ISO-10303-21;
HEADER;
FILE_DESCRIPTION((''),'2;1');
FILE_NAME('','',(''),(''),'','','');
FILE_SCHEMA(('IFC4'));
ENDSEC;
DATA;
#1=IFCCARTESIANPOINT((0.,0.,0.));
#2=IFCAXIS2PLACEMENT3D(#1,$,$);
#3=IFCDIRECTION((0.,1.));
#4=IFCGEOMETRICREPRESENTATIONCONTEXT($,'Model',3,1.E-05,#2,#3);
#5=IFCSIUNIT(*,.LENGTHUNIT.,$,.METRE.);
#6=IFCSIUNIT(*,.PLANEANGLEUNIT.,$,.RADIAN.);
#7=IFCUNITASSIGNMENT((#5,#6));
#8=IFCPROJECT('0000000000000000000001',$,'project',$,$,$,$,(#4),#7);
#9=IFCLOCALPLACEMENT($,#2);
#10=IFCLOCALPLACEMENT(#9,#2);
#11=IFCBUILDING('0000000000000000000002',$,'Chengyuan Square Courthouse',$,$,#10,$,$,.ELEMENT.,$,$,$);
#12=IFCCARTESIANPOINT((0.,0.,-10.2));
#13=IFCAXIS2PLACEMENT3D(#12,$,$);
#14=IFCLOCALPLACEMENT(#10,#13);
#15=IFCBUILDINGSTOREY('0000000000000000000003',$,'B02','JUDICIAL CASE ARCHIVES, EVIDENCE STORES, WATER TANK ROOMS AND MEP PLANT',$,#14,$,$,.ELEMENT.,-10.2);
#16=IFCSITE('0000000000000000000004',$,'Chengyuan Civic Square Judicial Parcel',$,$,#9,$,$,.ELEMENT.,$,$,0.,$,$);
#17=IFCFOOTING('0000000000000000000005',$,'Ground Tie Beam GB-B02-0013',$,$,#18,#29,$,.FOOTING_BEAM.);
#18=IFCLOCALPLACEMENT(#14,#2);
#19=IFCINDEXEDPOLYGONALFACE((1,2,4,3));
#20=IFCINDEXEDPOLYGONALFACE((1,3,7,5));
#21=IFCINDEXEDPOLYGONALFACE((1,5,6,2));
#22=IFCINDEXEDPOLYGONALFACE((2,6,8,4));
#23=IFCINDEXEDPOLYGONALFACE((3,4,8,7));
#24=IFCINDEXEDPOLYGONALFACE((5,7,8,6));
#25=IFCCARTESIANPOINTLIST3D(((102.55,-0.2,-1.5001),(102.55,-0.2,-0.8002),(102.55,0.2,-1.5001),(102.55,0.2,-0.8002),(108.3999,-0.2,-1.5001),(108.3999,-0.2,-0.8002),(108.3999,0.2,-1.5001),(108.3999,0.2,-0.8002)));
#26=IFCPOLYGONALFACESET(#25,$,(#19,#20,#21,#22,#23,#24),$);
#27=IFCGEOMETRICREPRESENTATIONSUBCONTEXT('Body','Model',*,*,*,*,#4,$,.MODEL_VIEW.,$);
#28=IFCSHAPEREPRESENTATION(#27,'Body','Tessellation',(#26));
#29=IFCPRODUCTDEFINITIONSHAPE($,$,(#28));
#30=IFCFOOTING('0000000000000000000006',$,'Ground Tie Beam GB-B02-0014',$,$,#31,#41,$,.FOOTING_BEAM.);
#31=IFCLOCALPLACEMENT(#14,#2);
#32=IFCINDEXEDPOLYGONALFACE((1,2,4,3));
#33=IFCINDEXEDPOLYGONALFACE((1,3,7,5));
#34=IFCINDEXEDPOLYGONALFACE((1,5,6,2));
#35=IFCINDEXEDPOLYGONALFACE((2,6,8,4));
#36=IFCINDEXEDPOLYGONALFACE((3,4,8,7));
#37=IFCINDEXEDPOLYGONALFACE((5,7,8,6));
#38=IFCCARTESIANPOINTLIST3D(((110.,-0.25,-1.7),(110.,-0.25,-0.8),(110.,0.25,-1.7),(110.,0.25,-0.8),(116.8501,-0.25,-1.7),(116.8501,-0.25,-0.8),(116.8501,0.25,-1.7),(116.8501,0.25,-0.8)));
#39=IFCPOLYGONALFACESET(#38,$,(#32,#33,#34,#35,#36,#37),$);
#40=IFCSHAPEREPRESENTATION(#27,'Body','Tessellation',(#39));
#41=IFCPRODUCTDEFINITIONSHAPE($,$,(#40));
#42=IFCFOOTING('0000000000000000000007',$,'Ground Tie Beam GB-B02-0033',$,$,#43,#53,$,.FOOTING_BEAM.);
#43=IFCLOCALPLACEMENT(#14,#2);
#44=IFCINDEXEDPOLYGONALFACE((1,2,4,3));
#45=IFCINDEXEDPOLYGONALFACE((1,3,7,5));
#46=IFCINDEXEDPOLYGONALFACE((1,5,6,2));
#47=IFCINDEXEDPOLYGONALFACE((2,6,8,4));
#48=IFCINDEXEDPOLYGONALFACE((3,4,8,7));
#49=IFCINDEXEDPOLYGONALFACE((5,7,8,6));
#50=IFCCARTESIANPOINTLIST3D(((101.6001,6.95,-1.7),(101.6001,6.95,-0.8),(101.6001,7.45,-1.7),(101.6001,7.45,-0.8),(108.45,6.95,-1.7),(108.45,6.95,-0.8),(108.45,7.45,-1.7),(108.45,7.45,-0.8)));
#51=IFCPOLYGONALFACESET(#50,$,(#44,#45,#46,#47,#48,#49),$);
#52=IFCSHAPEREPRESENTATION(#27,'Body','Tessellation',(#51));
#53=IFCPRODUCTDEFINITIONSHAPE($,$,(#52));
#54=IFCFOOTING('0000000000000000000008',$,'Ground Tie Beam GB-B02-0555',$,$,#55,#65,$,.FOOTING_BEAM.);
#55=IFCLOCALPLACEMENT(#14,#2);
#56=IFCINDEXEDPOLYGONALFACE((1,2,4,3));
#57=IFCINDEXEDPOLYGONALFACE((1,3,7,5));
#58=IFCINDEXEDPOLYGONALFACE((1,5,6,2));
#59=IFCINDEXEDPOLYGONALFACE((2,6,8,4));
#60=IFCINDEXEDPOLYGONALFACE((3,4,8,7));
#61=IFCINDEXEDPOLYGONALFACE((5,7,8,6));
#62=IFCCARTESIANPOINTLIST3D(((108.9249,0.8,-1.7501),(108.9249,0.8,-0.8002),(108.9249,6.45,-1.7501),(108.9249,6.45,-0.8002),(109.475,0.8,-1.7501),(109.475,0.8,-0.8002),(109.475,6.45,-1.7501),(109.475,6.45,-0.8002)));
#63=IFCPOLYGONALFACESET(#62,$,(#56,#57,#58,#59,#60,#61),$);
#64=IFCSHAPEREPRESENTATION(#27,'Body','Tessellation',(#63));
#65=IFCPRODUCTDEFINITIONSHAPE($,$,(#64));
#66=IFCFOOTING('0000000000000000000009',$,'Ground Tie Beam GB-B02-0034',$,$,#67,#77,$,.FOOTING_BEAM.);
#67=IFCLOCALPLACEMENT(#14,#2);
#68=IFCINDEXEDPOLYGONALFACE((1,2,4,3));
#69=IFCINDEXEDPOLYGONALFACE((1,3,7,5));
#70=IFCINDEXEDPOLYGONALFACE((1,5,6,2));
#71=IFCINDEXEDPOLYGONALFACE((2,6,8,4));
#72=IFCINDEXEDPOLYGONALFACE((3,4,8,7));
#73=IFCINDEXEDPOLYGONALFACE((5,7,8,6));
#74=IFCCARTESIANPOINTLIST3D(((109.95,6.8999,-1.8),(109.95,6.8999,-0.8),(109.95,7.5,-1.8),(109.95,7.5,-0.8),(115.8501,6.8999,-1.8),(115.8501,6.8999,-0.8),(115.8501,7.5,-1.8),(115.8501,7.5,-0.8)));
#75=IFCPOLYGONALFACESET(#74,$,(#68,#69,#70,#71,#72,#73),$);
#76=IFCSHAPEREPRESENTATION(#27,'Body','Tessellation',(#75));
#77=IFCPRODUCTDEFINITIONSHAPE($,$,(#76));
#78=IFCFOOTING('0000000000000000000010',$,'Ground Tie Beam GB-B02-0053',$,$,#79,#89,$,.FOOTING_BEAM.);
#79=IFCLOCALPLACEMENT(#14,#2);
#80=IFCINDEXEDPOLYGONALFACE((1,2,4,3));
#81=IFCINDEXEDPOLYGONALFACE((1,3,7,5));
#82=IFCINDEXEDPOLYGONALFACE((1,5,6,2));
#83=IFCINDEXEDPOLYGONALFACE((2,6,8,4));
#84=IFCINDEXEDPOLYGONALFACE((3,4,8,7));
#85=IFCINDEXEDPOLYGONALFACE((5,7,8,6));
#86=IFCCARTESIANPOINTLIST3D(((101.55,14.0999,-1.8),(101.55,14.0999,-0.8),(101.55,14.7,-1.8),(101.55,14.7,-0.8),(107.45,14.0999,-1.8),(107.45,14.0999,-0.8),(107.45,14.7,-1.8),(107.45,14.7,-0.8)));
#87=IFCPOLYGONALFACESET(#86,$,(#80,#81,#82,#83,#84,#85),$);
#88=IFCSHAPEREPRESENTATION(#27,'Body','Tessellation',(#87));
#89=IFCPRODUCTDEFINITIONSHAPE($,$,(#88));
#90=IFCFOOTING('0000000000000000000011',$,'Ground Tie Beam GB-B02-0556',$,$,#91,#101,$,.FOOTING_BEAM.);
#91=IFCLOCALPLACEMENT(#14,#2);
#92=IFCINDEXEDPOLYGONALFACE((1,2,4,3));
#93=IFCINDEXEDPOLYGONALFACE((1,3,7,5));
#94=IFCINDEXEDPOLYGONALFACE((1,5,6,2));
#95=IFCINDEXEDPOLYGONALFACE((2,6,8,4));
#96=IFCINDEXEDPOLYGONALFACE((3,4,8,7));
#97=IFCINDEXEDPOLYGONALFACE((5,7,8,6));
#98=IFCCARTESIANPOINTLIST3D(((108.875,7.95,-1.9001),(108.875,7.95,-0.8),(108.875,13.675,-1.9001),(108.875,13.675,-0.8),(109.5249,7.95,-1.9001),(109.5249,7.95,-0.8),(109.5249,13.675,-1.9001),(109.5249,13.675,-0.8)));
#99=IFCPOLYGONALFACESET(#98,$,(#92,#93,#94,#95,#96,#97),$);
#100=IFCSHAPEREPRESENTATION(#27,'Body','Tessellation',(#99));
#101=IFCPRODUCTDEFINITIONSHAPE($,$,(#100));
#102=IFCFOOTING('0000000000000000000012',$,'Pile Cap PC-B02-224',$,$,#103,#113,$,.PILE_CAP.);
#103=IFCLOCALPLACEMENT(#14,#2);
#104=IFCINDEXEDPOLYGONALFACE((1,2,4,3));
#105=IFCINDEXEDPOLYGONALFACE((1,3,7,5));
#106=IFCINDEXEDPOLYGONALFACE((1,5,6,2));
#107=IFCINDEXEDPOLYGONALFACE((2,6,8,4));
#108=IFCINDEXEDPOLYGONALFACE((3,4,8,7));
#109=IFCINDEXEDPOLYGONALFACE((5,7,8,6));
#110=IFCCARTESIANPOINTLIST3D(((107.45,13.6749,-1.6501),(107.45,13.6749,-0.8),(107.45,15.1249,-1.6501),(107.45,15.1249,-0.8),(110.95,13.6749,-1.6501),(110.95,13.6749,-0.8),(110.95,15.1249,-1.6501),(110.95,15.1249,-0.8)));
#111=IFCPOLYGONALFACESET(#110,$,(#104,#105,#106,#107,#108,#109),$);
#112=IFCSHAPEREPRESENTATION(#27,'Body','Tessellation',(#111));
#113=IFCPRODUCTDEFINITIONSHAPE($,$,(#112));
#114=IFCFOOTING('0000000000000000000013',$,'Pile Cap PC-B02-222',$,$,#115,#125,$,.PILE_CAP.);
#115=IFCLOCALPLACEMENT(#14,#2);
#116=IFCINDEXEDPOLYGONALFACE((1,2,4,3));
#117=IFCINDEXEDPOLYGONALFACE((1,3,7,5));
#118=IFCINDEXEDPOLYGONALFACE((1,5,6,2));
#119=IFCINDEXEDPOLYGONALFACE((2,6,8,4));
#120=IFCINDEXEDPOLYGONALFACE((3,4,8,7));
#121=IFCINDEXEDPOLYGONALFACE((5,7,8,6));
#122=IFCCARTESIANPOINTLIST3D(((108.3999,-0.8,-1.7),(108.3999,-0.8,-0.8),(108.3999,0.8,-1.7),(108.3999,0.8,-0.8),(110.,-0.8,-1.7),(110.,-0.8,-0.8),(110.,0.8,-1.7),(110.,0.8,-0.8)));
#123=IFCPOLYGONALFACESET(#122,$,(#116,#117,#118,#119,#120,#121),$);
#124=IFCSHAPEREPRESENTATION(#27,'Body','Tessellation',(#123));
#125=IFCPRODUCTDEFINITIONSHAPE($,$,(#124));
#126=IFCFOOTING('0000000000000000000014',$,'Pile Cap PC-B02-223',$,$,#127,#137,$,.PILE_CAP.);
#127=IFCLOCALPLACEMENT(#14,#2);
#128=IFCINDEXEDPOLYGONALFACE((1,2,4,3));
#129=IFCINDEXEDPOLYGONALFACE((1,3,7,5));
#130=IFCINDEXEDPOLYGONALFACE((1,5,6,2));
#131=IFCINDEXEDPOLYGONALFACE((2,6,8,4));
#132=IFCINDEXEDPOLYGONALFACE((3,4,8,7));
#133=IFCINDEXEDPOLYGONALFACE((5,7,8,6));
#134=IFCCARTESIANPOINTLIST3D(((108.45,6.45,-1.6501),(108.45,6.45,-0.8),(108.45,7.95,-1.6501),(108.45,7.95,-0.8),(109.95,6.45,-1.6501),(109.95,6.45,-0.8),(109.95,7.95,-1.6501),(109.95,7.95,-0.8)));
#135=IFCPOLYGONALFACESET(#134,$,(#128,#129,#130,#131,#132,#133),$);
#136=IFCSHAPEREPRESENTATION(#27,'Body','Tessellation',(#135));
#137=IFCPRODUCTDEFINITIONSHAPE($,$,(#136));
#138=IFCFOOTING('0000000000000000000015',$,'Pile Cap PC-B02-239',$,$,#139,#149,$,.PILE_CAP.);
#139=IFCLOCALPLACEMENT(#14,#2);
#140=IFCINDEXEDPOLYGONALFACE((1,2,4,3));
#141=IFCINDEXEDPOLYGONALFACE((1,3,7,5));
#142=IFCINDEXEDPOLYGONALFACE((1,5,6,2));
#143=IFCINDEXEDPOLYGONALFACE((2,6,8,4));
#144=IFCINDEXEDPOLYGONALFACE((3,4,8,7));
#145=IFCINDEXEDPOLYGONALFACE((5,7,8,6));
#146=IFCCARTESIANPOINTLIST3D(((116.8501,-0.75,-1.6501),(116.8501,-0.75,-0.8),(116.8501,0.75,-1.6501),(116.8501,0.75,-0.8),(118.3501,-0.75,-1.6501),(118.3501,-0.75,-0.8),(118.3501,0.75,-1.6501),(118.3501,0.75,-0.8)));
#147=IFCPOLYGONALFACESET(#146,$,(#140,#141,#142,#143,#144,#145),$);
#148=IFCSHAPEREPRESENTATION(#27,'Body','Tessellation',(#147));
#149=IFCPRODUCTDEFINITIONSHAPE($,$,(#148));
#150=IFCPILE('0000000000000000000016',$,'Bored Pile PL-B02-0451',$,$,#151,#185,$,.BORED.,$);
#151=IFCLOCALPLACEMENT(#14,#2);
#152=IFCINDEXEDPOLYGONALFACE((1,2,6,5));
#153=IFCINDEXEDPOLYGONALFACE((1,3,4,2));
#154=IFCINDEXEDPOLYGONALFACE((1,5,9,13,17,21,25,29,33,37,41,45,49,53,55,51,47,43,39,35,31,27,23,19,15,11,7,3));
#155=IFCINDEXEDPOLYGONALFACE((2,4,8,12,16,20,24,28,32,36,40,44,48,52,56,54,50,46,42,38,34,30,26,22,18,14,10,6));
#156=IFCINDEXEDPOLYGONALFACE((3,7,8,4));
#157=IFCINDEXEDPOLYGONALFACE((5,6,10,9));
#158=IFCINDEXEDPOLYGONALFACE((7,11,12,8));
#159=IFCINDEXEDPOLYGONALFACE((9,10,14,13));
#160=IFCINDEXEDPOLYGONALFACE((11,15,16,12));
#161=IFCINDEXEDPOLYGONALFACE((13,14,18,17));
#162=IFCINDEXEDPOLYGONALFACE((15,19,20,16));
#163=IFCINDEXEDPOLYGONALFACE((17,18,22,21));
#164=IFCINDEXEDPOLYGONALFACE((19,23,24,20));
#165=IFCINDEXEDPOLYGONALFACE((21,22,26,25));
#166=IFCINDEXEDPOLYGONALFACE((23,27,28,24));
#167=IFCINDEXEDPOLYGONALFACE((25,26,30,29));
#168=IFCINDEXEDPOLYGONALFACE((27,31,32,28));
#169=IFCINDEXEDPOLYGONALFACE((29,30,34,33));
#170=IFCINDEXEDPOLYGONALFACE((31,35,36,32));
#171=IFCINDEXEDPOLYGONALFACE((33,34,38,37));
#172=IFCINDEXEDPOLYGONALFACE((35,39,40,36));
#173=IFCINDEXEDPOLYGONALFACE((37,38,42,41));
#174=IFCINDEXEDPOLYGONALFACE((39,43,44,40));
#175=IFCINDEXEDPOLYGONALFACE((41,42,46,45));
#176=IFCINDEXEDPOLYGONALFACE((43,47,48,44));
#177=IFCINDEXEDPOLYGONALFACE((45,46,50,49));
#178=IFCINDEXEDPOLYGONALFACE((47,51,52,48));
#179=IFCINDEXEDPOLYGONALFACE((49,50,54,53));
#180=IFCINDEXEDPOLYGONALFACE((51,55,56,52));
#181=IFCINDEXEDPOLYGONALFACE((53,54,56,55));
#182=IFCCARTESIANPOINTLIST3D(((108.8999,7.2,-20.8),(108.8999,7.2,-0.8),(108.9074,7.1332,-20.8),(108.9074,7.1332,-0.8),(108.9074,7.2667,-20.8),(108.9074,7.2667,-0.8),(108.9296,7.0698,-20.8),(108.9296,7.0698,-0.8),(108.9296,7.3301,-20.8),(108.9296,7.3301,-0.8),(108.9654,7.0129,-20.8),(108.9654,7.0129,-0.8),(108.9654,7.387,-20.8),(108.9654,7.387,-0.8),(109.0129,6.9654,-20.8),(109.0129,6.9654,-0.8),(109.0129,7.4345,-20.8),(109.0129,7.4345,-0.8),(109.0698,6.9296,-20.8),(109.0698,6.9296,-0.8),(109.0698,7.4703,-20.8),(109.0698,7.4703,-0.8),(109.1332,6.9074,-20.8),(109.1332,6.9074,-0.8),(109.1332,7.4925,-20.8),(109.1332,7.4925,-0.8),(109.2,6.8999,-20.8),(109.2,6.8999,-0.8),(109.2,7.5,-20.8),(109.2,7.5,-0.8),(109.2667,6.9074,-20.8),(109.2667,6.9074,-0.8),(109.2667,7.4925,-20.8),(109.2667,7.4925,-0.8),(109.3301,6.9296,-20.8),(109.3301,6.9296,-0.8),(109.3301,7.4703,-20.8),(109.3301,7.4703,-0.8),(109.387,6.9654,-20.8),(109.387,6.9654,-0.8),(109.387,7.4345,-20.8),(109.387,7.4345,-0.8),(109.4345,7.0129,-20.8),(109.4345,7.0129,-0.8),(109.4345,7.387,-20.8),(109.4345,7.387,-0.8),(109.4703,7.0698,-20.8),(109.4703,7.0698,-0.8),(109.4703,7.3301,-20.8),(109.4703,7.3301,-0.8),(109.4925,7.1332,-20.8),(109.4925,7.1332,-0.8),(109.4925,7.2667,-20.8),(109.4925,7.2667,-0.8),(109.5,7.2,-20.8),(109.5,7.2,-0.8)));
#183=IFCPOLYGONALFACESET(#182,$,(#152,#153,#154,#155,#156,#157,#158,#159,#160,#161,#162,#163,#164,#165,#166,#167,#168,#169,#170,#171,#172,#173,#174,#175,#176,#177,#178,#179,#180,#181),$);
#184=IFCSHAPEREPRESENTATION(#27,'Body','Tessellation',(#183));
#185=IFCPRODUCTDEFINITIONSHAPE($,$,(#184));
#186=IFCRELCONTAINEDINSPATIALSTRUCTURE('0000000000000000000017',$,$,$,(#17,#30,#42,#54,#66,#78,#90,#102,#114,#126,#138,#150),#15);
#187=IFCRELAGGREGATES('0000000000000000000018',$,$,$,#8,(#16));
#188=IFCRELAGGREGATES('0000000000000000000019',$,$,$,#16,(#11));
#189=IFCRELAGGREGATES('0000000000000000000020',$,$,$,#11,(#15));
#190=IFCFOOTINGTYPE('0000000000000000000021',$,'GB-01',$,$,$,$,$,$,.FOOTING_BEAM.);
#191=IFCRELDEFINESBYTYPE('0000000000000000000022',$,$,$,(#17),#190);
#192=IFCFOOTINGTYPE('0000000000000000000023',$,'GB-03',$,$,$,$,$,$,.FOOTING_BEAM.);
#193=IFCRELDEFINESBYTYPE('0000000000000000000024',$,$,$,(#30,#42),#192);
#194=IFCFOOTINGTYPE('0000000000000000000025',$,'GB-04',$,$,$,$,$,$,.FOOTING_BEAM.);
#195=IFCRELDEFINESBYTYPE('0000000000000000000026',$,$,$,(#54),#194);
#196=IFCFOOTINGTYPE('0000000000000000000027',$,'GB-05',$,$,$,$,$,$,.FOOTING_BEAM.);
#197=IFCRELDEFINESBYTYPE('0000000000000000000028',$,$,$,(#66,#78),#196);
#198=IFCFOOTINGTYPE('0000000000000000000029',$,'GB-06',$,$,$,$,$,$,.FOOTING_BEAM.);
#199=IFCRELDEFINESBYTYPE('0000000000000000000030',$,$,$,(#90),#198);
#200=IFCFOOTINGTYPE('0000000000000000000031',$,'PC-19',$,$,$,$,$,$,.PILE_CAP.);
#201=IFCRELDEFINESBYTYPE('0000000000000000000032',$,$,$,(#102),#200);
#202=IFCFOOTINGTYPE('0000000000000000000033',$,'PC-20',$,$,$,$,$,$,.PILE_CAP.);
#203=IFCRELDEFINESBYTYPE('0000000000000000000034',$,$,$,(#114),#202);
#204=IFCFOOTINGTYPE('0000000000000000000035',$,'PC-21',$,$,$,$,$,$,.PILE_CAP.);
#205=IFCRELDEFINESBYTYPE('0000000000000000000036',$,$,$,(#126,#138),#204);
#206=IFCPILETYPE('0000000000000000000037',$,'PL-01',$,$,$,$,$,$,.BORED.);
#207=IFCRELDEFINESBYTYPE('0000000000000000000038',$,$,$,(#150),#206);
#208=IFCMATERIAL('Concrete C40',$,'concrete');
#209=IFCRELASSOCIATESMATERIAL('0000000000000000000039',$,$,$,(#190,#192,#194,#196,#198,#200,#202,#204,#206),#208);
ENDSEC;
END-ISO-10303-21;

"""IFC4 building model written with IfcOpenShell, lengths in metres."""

from ifc_helpers import new_model, si_unit, direction, frame, origin, origin_2d, place, context, subcontext, project, spatial, rectangle, circle, extrude, material, material_profile, profile_set, type_object, element, save


model = new_model("IFC4")

# Units and contexts
model_context = context("Model", 3, precision=1e-05, world=origin(), true_north=direction((0.0, 1.0)))
body_context = subcontext(model_context, "Body", "Model", "MODEL_VIEW")
ifc_project = project(units=[si_unit("LENGTHUNIT", "METRE"), si_unit("PLANEANGLEUNIT", "RADIAN")], contexts=[model_context])

# Site, building, storey
site_placement = place(None, origin())
site = spatial("IfcSite", under=ifc_project, at=site_placement, Name="Chengyuan Civic Square Judicial Parcel", CompositionType="ELEMENT", RefElevation=0.0)
building_placement = place(site_placement, origin())
building = spatial("IfcBuilding", under=site, at=building_placement, Name="Chengyuan Square Courthouse", CompositionType="ELEMENT")
storey_placement = place(building_placement, frame((0.0, 0.0, -10.2)))
storey = spatial("IfcBuildingStorey", under=building, at=storey_placement, Name="B02", Description="JUDICIAL CASE ARCHIVES, EVIDENCE STORES, WATER TANK ROOMS AND MEP PLANT", CompositionType="ELEMENT", Elevation=-10.2)

# Footings
ifc_material_1 = material(Name="Concrete C40", Category="concrete")
ifc_material_profile_1 = material_profile(ifc_material_1, rectangle(XDim=0.3999, YDim=0.7, at=origin_2d()), Name="GB-400x700")
ifc_profile_set_1 = profile_set([ifc_material_profile_1], Name="Concrete C40")
footing_type_1 = type_object("IfcFootingType", Name="GB-01", PredefinedType="FOOTING_BEAM", material=ifc_profile_set_1)
footing_1_placement = place(storey_placement, frame((102.55, 0.0, -1.1501), z_axis=(1.0, 0.0, 0.0), x_axis=(0.0, 1.0, 0.0)))
element("IfcFooting", 1, at=footing_1_placement, inside=storey, type_object=footing_type_1, Name="Ground Tie Beam GB-B02-0013", PredefinedType="FOOTING_BEAM", context=body_context, shape_type="SweptSolid", body=[
    extrude(rectangle(XDim=0.3999, YDim=0.7, at=origin_2d()), origin(), (0.0, 0.0, 1.0), 5.8499),
])
ifc_material_profile_2 = material_profile(ifc_material_1, rectangle(XDim=0.5, YDim=0.8999, at=origin_2d()), Name="GB-500x900")
ifc_profile_set_2 = profile_set([ifc_material_profile_2], Name="Concrete C40")
footing_type_2 = type_object("IfcFootingType", Name="GB-03", PredefinedType="FOOTING_BEAM", material=ifc_profile_set_2)
footing_2_placement = place(storey_placement, frame((110.0, 0.0, -1.25), z_axis=(1.0, 0.0, 0.0), x_axis=(0.0, 1.0, 0.0)))
element("IfcFooting", 2, at=footing_2_placement, inside=storey, type_object=footing_type_2, Name="Ground Tie Beam GB-B02-0014", PredefinedType="FOOTING_BEAM", context=body_context, shape_type="SweptSolid", body=[
    extrude(rectangle(XDim=0.5, YDim=0.8999, at=origin_2d()), origin(), (0.0, 0.0, 1.0), 6.8501),
])
footing_3_placement = place(storey_placement, frame((101.6001, 7.2, -1.25), z_axis=(1.0, 0.0, 0.0), x_axis=(0.0, 1.0, 0.0)))
element("IfcFooting", 3, at=footing_3_placement, inside=storey, type_object=footing_type_2, Name="Ground Tie Beam GB-B02-0033", PredefinedType="FOOTING_BEAM", context=body_context, shape_type="SweptSolid", body=[
    extrude(rectangle(XDim=0.5, YDim=0.8999, at=origin_2d()), origin(), (0.0, 0.0, 1.0), 6.8499),
])
ifc_material_profile_3 = material_profile(ifc_material_1, rectangle(XDim=0.55, YDim=0.95, at=origin_2d()), Name="GB-550x950")
ifc_profile_set_3 = profile_set([ifc_material_profile_3], Name="Concrete C40")
footing_type_3 = type_object("IfcFootingType", Name="GB-04", PredefinedType="FOOTING_BEAM", material=ifc_profile_set_3)
footing_4_placement = place(storey_placement, frame((109.2, 0.8, -1.2751), z_axis=(0.0, 1.0, 0.0), x_axis=(-1.0, 0.0, 0.0)))
element("IfcFooting", 4, at=footing_4_placement, inside=storey, type_object=footing_type_3, Name="Ground Tie Beam GB-B02-0555", PredefinedType="FOOTING_BEAM", context=body_context, shape_type="SweptSolid", body=[
    extrude(rectangle(XDim=0.55, YDim=0.95, at=origin_2d()), origin(), (0.0, 0.0, 1.0), 5.6499),
])
ifc_material_profile_4 = material_profile(ifc_material_1, rectangle(XDim=0.6001, YDim=1.0, at=origin_2d()), Name="GB-600x1000")
ifc_profile_set_4 = profile_set([ifc_material_profile_4], Name="Concrete C40")
footing_type_4 = type_object("IfcFootingType", Name="GB-05", PredefinedType="FOOTING_BEAM", material=ifc_profile_set_4)
footing_5_placement = place(storey_placement, frame((109.95, 7.2, -1.3), z_axis=(1.0, 0.0, 0.0), x_axis=(0.0, 1.0, 0.0)))
element("IfcFooting", 5, at=footing_5_placement, inside=storey, type_object=footing_type_4, Name="Ground Tie Beam GB-B02-0034", PredefinedType="FOOTING_BEAM", context=body_context, shape_type="SweptSolid", body=[
    extrude(rectangle(XDim=0.6001, YDim=1.0, at=origin_2d()), origin(), (0.0, 0.0, 1.0), 5.9001),
])
footing_6_placement = place(storey_placement, frame((101.55, 14.3999, -1.3), z_axis=(1.0, 0.0, 0.0), x_axis=(0.0, 1.0, 0.0)))
element("IfcFooting", 6, at=footing_6_placement, inside=storey, type_object=footing_type_4, Name="Ground Tie Beam GB-B02-0053", PredefinedType="FOOTING_BEAM", context=body_context, shape_type="SweptSolid", body=[
    extrude(rectangle(XDim=0.6001, YDim=1.0, at=origin_2d()), origin(), (0.0, 0.0, 1.0), 5.8999),
])
ifc_material_profile_5 = material_profile(ifc_material_1, rectangle(XDim=0.6499, YDim=1.1001, at=origin_2d()), Name="GB-650x1100")
ifc_profile_set_5 = profile_set([ifc_material_profile_5], Name="Concrete C40")
footing_type_5 = type_object("IfcFootingType", Name="GB-06", PredefinedType="FOOTING_BEAM", material=ifc_profile_set_5)
footing_7_placement = place(storey_placement, frame((109.2, 7.95, -1.3501), z_axis=(0.0, 1.0, 0.0), x_axis=(-1.0, 0.0, 0.0)))
element("IfcFooting", 7, at=footing_7_placement, inside=storey, type_object=footing_type_5, Name="Ground Tie Beam GB-B02-0556", PredefinedType="FOOTING_BEAM", context=body_context, shape_type="SweptSolid", body=[
    extrude(rectangle(XDim=0.6499, YDim=1.1001, at=origin_2d()), origin(), (0.0, 0.0, 1.0), 5.7251),
])
footing_type_6 = type_object("IfcFootingType", Name="PC-19", PredefinedType="PILE_CAP", material=ifc_material_1)
footing_8_placement = place(storey_placement, frame((109.2, 14.3999, -1.6501), z_axis=(0.0, 0.0, 1.0), x_axis=(1.0, 0.0, 0.0)))
element("IfcFooting", 8, at=footing_8_placement, inside=storey, type_object=footing_type_6, Name="Pile Cap PC-B02-224", PredefinedType="PILE_CAP", context=body_context, shape_type="SweptSolid", body=[
    extrude(rectangle(XDim=3.5, YDim=1.45, at=origin_2d()), origin(), (0.0, 0.0, 1.0), 0.8501),
])
footing_type_7 = type_object("IfcFootingType", Name="PC-20", PredefinedType="PILE_CAP", material=ifc_material_1)
footing_9_placement = place(storey_placement, frame((109.2, 0.0, -1.7), z_axis=(0.0, 0.0, 1.0), x_axis=(1.0, 0.0, 0.0)))
element("IfcFooting", 9, at=footing_9_placement, inside=storey, type_object=footing_type_7, Name="Pile Cap PC-B02-222", PredefinedType="PILE_CAP", context=body_context, shape_type="SweptSolid", body=[
    extrude(rectangle(XDim=1.6001, YDim=1.6001, at=origin_2d()), origin(), (0.0, 0.0, 1.0), 0.8999),
])
footing_type_8 = type_object("IfcFootingType", Name="PC-21", PredefinedType="PILE_CAP", material=ifc_material_1)
for number, where, z_axis, x_axis, name in (
    (10, (109.2, 7.2, -1.6501), (0.0, 0.0, 1.0), (1.0, 0.0, 0.0), "Pile Cap PC-B02-223"),
    (11, (117.6001, 0.0, -1.6501), (0.0, 0.0, 1.0), (1.0, 0.0, 0.0), "Pile Cap PC-B02-239"),
):
    element("IfcFooting", number, at=place(storey_placement, frame(where, z_axis=z_axis, x_axis=x_axis)), inside=storey, type_object=footing_type_8, Name=name, PredefinedType="PILE_CAP", context=body_context, shape_type="SweptSolid", body=[
        extrude(rectangle(XDim=1.5, YDim=1.5, at=origin_2d()), origin(), (0.0, 0.0, 1.0), 0.8501),
    ])

# Pile
ifc_material_profile_6 = material_profile(ifc_material_1, circle(Radius=0.3, at=origin_2d()), Name="BORED PILE D600")
ifc_profile_set_6 = profile_set([ifc_material_profile_6], Name="Concrete C40")
pile_type_1 = type_object("IfcPileType", Name="PL-01", PredefinedType="BORED", material=ifc_profile_set_6)
pile_placement = place(storey_placement, frame((109.2, 7.2, -0.8), z_axis=(0.0, 0.0, -1.0), x_axis=(1.0, 0.0, 0.0)))
element("IfcPile", 12, at=pile_placement, inside=storey, type_object=pile_type_1, Name="Bored Pile PL-B02-0451", PredefinedType="BORED", context=body_context, shape_type="SweptSolid", body=[
    extrude(circle(Radius=0.3, at=origin_2d()), origin(), (0.0, 0.0, 1.0), 20.0),
])

save(model, "model.ifc")
